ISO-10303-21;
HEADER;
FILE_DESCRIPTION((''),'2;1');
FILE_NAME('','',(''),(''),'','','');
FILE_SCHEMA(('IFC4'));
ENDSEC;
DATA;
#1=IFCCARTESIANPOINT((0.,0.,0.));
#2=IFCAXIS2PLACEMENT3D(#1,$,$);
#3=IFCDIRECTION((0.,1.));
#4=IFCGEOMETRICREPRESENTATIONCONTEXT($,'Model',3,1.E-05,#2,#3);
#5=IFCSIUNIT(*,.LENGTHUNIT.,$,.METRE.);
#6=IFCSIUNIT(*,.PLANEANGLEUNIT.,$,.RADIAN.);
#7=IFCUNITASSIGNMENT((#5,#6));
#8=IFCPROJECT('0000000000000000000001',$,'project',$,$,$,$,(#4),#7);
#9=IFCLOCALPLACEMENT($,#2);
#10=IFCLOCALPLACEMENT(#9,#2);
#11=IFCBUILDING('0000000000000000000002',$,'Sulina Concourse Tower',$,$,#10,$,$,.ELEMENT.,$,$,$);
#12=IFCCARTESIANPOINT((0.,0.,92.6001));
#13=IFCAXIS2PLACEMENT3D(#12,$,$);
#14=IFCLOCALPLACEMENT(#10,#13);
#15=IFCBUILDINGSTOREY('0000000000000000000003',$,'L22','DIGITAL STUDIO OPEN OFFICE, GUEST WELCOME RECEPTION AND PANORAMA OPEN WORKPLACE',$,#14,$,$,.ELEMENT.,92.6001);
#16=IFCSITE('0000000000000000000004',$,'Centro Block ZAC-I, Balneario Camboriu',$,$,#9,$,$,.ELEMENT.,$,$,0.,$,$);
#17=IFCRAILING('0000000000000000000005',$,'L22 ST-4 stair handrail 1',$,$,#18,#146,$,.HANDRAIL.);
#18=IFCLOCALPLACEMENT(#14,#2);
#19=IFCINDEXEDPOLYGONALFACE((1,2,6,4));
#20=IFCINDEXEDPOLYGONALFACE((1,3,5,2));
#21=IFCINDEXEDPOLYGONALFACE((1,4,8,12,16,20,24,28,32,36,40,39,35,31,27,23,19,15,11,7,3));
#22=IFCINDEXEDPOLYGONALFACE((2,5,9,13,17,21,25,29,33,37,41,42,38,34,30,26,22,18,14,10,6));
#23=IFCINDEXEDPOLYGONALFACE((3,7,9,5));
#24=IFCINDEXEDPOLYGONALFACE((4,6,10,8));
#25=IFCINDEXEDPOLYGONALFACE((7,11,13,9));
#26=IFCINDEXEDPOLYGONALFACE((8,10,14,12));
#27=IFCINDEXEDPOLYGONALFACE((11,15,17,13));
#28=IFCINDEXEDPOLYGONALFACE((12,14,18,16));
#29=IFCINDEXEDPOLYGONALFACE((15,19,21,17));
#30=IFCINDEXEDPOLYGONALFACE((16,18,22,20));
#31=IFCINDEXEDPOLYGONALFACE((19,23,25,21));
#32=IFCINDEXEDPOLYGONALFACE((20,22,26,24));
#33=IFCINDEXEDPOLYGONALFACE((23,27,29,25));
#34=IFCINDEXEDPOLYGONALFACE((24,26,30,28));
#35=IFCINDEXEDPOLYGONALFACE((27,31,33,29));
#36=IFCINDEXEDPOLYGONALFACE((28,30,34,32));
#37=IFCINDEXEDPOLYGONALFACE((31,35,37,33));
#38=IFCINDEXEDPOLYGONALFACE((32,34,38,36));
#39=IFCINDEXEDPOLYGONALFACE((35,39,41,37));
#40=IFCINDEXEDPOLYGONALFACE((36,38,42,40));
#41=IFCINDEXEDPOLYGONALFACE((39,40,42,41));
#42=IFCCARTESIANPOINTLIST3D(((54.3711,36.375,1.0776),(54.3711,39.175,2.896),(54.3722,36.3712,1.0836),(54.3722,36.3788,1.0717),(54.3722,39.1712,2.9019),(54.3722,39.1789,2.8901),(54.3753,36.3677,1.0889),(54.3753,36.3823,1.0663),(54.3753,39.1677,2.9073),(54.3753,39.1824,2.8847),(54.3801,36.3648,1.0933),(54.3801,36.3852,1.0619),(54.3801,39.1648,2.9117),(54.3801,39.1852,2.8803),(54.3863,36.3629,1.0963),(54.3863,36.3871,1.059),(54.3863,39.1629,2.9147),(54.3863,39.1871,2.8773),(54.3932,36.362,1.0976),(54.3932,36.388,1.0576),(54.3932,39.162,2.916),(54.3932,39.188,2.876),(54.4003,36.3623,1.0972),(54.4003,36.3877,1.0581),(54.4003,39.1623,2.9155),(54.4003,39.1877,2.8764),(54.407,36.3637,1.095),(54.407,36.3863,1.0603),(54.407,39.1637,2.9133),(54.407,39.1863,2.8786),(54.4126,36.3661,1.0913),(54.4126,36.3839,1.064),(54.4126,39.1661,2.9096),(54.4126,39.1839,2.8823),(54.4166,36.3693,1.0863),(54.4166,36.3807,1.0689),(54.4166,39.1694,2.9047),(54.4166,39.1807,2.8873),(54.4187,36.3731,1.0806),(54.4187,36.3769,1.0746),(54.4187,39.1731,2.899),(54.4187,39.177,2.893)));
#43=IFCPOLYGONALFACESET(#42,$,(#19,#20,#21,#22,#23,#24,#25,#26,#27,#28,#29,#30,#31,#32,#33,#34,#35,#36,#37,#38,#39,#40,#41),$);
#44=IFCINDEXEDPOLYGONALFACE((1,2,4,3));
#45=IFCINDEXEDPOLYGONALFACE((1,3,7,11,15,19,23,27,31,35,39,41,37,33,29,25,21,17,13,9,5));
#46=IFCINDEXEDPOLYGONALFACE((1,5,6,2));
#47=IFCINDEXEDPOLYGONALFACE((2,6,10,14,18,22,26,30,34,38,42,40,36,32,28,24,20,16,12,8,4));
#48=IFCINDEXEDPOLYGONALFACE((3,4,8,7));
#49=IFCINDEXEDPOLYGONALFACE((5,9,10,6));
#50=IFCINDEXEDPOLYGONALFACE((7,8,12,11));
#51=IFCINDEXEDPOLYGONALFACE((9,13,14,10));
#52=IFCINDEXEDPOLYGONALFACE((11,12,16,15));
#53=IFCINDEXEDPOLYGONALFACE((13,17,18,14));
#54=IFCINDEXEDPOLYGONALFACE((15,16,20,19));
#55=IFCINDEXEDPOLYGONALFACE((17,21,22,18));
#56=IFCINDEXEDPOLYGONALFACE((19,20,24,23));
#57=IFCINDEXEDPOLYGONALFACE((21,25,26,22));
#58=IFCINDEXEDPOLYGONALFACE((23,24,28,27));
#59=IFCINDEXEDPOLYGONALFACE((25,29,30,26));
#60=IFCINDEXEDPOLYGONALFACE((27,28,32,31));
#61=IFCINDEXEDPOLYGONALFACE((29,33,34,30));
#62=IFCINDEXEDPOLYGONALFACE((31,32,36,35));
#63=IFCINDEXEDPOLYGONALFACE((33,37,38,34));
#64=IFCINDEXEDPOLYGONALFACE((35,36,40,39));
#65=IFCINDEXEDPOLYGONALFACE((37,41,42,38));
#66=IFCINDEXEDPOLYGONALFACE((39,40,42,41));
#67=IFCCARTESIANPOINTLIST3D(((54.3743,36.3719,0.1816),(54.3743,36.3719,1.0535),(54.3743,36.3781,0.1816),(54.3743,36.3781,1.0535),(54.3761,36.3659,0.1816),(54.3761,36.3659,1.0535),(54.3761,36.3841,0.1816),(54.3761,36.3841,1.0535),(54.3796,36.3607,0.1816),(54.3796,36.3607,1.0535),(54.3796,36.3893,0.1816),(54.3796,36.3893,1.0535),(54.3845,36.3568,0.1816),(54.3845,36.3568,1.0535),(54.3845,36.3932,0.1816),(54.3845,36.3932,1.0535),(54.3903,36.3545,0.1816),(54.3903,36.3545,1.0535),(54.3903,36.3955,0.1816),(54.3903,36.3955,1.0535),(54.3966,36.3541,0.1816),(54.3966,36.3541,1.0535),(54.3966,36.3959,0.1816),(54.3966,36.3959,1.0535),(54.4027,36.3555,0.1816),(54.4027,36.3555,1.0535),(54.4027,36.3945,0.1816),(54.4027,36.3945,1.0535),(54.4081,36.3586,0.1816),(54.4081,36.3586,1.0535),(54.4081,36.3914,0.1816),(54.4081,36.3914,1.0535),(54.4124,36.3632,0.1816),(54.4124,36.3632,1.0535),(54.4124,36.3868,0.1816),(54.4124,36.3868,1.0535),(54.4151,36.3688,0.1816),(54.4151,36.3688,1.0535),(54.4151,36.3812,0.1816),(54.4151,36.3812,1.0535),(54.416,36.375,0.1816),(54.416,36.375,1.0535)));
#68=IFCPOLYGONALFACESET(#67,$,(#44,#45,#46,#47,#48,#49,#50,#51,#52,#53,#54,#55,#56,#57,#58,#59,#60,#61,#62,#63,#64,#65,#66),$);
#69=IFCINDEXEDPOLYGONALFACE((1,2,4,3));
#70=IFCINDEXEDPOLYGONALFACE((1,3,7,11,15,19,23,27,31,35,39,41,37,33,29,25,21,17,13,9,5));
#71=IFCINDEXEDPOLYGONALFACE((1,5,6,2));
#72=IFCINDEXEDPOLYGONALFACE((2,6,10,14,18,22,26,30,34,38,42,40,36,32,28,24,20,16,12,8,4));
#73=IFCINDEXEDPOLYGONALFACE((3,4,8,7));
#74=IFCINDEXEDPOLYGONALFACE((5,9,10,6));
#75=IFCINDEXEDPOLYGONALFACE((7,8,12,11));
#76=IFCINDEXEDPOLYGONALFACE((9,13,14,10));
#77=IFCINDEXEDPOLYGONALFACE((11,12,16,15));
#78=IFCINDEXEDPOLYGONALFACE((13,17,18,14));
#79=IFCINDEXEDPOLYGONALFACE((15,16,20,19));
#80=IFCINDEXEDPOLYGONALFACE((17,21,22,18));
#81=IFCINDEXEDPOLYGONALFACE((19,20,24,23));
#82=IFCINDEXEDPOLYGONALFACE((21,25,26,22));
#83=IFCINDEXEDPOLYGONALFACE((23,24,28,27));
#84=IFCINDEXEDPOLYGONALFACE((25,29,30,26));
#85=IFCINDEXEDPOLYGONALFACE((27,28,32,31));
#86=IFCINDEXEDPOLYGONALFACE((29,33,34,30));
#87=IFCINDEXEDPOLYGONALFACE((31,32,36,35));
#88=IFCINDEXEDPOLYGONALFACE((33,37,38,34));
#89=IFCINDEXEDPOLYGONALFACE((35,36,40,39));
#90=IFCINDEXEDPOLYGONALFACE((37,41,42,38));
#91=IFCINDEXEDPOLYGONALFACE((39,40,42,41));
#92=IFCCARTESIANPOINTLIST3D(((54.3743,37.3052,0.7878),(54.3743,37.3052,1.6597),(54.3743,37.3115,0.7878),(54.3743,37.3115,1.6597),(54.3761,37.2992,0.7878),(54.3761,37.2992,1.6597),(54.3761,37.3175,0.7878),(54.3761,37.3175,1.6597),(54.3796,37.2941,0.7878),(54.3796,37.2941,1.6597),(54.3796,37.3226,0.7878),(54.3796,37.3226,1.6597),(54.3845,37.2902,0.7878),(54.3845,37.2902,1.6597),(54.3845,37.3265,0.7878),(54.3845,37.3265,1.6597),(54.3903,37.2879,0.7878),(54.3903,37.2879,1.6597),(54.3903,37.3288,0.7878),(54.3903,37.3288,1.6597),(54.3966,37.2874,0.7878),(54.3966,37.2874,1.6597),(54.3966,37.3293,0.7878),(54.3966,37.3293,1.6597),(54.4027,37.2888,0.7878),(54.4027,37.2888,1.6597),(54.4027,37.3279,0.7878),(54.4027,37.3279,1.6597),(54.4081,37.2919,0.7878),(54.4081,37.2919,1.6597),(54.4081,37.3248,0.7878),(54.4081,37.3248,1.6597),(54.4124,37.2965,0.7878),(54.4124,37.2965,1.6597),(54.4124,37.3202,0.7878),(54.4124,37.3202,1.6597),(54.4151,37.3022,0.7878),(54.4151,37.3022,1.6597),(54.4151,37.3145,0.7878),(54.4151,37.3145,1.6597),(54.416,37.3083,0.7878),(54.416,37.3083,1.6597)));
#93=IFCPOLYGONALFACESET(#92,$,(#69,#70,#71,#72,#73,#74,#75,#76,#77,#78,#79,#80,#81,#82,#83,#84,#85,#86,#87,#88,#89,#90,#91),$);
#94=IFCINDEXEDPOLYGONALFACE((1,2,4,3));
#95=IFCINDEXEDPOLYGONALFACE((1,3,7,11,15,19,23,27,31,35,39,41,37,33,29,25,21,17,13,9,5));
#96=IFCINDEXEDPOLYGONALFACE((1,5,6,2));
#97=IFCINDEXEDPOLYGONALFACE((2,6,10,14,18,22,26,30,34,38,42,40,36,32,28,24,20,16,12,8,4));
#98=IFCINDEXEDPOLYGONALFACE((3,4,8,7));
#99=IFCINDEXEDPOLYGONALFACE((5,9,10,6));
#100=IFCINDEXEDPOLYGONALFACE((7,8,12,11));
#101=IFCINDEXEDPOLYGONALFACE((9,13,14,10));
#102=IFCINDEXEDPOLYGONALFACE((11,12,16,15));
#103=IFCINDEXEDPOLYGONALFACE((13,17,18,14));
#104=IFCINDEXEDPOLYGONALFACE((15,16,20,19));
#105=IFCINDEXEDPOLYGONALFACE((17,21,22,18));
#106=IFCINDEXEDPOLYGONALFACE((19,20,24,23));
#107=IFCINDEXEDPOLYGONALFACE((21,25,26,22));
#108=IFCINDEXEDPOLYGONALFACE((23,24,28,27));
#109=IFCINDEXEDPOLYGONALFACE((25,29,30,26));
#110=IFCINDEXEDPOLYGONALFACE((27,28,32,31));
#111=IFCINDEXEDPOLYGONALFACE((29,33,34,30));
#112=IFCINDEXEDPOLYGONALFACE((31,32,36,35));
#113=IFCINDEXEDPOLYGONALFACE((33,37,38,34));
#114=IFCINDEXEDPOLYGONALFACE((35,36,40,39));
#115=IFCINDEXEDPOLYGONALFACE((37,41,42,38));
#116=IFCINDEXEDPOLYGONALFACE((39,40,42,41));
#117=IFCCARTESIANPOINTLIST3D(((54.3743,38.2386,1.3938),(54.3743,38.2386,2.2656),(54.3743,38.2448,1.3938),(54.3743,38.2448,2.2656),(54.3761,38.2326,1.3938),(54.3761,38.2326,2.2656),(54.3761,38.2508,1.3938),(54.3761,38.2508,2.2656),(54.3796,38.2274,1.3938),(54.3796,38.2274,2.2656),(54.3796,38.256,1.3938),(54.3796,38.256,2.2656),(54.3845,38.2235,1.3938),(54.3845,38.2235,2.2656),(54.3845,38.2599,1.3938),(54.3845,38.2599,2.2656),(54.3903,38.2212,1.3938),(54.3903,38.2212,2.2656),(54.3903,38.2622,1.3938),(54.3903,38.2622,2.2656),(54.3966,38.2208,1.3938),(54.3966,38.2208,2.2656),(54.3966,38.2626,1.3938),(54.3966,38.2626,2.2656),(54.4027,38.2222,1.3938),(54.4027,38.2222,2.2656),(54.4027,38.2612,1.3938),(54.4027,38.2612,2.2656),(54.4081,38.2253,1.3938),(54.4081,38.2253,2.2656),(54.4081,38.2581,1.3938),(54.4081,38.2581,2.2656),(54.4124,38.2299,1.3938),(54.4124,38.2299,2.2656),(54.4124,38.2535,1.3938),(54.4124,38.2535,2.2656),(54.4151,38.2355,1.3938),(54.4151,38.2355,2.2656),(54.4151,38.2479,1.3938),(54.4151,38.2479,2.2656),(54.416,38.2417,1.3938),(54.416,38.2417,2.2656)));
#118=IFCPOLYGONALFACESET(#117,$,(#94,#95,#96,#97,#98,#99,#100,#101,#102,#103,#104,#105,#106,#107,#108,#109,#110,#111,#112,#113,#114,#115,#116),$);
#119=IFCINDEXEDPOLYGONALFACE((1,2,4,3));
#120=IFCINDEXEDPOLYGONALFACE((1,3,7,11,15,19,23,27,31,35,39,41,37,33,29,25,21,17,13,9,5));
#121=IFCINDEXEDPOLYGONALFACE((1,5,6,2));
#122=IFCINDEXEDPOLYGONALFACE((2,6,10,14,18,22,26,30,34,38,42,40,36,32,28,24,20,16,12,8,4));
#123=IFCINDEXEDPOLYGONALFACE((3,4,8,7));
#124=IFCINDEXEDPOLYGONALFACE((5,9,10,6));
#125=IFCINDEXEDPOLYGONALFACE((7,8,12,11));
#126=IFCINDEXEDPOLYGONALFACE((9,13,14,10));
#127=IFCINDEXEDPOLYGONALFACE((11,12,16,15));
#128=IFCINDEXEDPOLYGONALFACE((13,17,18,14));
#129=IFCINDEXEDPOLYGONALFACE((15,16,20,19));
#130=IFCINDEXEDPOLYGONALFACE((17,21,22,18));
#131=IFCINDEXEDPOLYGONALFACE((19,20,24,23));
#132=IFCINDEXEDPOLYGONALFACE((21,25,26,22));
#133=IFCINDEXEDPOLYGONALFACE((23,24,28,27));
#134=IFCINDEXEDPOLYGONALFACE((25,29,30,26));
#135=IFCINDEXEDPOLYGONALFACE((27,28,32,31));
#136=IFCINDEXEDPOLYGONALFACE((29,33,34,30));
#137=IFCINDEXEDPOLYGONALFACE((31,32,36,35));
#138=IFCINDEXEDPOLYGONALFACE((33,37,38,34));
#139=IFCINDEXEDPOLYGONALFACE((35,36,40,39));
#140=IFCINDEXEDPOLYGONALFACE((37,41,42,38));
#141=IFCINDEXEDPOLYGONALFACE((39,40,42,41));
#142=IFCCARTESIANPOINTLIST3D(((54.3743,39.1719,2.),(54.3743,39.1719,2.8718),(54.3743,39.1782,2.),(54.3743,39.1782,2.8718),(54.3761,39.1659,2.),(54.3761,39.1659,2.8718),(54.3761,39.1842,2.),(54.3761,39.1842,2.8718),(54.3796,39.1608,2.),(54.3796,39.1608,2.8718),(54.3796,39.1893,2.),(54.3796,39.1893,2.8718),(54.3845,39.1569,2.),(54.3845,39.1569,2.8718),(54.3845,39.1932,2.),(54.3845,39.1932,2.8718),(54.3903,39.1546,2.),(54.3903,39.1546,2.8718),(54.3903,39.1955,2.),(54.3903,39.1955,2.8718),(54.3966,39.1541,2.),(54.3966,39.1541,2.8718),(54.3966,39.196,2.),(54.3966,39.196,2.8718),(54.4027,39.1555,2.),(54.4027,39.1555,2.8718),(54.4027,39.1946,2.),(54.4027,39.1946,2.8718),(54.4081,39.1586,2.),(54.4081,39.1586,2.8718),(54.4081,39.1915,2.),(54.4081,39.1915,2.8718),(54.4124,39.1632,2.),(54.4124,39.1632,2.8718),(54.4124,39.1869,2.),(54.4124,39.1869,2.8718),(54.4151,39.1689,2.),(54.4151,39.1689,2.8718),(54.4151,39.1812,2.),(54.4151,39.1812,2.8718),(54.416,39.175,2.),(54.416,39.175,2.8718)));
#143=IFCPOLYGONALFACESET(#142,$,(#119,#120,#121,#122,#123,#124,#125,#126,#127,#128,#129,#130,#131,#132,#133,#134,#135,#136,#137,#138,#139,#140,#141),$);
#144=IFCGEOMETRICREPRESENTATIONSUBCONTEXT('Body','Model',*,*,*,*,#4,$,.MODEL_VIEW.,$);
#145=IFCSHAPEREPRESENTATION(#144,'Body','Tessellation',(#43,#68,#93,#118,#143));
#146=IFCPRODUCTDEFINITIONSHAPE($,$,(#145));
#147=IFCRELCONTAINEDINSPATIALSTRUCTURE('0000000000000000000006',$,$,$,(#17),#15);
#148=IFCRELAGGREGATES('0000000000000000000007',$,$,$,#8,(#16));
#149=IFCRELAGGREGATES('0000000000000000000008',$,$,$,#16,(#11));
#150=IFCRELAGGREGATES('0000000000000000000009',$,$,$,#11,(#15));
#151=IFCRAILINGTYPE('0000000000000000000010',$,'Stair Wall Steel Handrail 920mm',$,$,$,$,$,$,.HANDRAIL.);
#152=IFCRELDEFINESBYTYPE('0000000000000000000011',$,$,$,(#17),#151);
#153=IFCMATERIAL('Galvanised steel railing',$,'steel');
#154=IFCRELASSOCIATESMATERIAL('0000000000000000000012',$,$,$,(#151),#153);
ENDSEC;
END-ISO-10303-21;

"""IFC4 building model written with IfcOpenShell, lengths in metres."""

from ifc_helpers import new_model, si_unit, direction, frame, origin, origin_2d, place, context, subcontext, project, spatial, circle, extrude, material, type_object, element, save


model = new_model("IFC4")

# Units and contexts
model_context = context("Model", 3, precision=1e-05, world=origin(), true_north=direction((0.0, 1.0)))
body_context = subcontext(model_context, "Body", "Model", "MODEL_VIEW")
ifc_project = project(units=[si_unit("LENGTHUNIT", "METRE"), si_unit("PLANEANGLEUNIT", "RADIAN")], contexts=[model_context])

# Site, building, storey
site_placement = place(None, origin())
site = spatial("IfcSite", under=ifc_project, at=site_placement, Name="Centro Block ZAC-I, Balneario Camboriu", CompositionType="ELEMENT", RefElevation=0.0)
building_placement = place(site_placement, origin())
building = spatial("IfcBuilding", under=site, at=building_placement, Name="Sulina Concourse Tower", CompositionType="ELEMENT")
storey_placement = place(building_placement, frame((0.0, 0.0, 92.6001)))
storey = spatial("IfcBuildingStorey", under=building, at=storey_placement, Name="L22", Description="DIGITAL STUDIO OPEN OFFICE, GUEST WELCOME RECEPTION AND PANORAMA OPEN WORKPLACE", CompositionType="ELEMENT", Elevation=92.6001)

# Railing
ifc_material_1 = material(Name="Galvanised steel railing", Category="steel")
railing_type_1 = type_object("IfcRailingType", Name="Stair Wall Steel Handrail 920mm", PredefinedType="HANDRAIL", material=ifc_material_1)
for number, where, name in (
    (1, (54.395, 36.375, 0.1816), "L22 ST-4 stair handrail 1"),
):
    element("IfcRailing", number, at=place(storey_placement, frame(where)), inside=storey, type_object=railing_type_1, Name=name, PredefinedType="HANDRAIL", context=body_context, shape_type="SweptSolid", body=[
        extrude(circle(Radius=0.0239, at=origin_2d()), frame((0.0, 0.0, 0.896), z_axis=(0.0, 0.838672, 0.544636), x_axis=(-1.0, 0.0, 0.0)), (0.0, 0.0, 1.0), 3.3386),
        extrude(circle(Radius=0.021, at=origin_2d()), origin(), (0.0, 0.0, 1.0), 0.8718),
        extrude(circle(Radius=0.021, at=origin_2d()), frame((0.0, 0.9333, 0.6062)), (0.0, 0.0, 1.0), 0.8718),
        extrude(circle(Radius=0.021, at=origin_2d()), frame((0.0, 1.8667, 1.2122)), (0.0, 0.0, 1.0), 0.8718),
        extrude(circle(Radius=0.021, at=origin_2d()), frame((0.0, 2.8, 1.8184)), (0.0, 0.0, 1.0), 0.8718),
    ])

save(model, "model.ifc")
